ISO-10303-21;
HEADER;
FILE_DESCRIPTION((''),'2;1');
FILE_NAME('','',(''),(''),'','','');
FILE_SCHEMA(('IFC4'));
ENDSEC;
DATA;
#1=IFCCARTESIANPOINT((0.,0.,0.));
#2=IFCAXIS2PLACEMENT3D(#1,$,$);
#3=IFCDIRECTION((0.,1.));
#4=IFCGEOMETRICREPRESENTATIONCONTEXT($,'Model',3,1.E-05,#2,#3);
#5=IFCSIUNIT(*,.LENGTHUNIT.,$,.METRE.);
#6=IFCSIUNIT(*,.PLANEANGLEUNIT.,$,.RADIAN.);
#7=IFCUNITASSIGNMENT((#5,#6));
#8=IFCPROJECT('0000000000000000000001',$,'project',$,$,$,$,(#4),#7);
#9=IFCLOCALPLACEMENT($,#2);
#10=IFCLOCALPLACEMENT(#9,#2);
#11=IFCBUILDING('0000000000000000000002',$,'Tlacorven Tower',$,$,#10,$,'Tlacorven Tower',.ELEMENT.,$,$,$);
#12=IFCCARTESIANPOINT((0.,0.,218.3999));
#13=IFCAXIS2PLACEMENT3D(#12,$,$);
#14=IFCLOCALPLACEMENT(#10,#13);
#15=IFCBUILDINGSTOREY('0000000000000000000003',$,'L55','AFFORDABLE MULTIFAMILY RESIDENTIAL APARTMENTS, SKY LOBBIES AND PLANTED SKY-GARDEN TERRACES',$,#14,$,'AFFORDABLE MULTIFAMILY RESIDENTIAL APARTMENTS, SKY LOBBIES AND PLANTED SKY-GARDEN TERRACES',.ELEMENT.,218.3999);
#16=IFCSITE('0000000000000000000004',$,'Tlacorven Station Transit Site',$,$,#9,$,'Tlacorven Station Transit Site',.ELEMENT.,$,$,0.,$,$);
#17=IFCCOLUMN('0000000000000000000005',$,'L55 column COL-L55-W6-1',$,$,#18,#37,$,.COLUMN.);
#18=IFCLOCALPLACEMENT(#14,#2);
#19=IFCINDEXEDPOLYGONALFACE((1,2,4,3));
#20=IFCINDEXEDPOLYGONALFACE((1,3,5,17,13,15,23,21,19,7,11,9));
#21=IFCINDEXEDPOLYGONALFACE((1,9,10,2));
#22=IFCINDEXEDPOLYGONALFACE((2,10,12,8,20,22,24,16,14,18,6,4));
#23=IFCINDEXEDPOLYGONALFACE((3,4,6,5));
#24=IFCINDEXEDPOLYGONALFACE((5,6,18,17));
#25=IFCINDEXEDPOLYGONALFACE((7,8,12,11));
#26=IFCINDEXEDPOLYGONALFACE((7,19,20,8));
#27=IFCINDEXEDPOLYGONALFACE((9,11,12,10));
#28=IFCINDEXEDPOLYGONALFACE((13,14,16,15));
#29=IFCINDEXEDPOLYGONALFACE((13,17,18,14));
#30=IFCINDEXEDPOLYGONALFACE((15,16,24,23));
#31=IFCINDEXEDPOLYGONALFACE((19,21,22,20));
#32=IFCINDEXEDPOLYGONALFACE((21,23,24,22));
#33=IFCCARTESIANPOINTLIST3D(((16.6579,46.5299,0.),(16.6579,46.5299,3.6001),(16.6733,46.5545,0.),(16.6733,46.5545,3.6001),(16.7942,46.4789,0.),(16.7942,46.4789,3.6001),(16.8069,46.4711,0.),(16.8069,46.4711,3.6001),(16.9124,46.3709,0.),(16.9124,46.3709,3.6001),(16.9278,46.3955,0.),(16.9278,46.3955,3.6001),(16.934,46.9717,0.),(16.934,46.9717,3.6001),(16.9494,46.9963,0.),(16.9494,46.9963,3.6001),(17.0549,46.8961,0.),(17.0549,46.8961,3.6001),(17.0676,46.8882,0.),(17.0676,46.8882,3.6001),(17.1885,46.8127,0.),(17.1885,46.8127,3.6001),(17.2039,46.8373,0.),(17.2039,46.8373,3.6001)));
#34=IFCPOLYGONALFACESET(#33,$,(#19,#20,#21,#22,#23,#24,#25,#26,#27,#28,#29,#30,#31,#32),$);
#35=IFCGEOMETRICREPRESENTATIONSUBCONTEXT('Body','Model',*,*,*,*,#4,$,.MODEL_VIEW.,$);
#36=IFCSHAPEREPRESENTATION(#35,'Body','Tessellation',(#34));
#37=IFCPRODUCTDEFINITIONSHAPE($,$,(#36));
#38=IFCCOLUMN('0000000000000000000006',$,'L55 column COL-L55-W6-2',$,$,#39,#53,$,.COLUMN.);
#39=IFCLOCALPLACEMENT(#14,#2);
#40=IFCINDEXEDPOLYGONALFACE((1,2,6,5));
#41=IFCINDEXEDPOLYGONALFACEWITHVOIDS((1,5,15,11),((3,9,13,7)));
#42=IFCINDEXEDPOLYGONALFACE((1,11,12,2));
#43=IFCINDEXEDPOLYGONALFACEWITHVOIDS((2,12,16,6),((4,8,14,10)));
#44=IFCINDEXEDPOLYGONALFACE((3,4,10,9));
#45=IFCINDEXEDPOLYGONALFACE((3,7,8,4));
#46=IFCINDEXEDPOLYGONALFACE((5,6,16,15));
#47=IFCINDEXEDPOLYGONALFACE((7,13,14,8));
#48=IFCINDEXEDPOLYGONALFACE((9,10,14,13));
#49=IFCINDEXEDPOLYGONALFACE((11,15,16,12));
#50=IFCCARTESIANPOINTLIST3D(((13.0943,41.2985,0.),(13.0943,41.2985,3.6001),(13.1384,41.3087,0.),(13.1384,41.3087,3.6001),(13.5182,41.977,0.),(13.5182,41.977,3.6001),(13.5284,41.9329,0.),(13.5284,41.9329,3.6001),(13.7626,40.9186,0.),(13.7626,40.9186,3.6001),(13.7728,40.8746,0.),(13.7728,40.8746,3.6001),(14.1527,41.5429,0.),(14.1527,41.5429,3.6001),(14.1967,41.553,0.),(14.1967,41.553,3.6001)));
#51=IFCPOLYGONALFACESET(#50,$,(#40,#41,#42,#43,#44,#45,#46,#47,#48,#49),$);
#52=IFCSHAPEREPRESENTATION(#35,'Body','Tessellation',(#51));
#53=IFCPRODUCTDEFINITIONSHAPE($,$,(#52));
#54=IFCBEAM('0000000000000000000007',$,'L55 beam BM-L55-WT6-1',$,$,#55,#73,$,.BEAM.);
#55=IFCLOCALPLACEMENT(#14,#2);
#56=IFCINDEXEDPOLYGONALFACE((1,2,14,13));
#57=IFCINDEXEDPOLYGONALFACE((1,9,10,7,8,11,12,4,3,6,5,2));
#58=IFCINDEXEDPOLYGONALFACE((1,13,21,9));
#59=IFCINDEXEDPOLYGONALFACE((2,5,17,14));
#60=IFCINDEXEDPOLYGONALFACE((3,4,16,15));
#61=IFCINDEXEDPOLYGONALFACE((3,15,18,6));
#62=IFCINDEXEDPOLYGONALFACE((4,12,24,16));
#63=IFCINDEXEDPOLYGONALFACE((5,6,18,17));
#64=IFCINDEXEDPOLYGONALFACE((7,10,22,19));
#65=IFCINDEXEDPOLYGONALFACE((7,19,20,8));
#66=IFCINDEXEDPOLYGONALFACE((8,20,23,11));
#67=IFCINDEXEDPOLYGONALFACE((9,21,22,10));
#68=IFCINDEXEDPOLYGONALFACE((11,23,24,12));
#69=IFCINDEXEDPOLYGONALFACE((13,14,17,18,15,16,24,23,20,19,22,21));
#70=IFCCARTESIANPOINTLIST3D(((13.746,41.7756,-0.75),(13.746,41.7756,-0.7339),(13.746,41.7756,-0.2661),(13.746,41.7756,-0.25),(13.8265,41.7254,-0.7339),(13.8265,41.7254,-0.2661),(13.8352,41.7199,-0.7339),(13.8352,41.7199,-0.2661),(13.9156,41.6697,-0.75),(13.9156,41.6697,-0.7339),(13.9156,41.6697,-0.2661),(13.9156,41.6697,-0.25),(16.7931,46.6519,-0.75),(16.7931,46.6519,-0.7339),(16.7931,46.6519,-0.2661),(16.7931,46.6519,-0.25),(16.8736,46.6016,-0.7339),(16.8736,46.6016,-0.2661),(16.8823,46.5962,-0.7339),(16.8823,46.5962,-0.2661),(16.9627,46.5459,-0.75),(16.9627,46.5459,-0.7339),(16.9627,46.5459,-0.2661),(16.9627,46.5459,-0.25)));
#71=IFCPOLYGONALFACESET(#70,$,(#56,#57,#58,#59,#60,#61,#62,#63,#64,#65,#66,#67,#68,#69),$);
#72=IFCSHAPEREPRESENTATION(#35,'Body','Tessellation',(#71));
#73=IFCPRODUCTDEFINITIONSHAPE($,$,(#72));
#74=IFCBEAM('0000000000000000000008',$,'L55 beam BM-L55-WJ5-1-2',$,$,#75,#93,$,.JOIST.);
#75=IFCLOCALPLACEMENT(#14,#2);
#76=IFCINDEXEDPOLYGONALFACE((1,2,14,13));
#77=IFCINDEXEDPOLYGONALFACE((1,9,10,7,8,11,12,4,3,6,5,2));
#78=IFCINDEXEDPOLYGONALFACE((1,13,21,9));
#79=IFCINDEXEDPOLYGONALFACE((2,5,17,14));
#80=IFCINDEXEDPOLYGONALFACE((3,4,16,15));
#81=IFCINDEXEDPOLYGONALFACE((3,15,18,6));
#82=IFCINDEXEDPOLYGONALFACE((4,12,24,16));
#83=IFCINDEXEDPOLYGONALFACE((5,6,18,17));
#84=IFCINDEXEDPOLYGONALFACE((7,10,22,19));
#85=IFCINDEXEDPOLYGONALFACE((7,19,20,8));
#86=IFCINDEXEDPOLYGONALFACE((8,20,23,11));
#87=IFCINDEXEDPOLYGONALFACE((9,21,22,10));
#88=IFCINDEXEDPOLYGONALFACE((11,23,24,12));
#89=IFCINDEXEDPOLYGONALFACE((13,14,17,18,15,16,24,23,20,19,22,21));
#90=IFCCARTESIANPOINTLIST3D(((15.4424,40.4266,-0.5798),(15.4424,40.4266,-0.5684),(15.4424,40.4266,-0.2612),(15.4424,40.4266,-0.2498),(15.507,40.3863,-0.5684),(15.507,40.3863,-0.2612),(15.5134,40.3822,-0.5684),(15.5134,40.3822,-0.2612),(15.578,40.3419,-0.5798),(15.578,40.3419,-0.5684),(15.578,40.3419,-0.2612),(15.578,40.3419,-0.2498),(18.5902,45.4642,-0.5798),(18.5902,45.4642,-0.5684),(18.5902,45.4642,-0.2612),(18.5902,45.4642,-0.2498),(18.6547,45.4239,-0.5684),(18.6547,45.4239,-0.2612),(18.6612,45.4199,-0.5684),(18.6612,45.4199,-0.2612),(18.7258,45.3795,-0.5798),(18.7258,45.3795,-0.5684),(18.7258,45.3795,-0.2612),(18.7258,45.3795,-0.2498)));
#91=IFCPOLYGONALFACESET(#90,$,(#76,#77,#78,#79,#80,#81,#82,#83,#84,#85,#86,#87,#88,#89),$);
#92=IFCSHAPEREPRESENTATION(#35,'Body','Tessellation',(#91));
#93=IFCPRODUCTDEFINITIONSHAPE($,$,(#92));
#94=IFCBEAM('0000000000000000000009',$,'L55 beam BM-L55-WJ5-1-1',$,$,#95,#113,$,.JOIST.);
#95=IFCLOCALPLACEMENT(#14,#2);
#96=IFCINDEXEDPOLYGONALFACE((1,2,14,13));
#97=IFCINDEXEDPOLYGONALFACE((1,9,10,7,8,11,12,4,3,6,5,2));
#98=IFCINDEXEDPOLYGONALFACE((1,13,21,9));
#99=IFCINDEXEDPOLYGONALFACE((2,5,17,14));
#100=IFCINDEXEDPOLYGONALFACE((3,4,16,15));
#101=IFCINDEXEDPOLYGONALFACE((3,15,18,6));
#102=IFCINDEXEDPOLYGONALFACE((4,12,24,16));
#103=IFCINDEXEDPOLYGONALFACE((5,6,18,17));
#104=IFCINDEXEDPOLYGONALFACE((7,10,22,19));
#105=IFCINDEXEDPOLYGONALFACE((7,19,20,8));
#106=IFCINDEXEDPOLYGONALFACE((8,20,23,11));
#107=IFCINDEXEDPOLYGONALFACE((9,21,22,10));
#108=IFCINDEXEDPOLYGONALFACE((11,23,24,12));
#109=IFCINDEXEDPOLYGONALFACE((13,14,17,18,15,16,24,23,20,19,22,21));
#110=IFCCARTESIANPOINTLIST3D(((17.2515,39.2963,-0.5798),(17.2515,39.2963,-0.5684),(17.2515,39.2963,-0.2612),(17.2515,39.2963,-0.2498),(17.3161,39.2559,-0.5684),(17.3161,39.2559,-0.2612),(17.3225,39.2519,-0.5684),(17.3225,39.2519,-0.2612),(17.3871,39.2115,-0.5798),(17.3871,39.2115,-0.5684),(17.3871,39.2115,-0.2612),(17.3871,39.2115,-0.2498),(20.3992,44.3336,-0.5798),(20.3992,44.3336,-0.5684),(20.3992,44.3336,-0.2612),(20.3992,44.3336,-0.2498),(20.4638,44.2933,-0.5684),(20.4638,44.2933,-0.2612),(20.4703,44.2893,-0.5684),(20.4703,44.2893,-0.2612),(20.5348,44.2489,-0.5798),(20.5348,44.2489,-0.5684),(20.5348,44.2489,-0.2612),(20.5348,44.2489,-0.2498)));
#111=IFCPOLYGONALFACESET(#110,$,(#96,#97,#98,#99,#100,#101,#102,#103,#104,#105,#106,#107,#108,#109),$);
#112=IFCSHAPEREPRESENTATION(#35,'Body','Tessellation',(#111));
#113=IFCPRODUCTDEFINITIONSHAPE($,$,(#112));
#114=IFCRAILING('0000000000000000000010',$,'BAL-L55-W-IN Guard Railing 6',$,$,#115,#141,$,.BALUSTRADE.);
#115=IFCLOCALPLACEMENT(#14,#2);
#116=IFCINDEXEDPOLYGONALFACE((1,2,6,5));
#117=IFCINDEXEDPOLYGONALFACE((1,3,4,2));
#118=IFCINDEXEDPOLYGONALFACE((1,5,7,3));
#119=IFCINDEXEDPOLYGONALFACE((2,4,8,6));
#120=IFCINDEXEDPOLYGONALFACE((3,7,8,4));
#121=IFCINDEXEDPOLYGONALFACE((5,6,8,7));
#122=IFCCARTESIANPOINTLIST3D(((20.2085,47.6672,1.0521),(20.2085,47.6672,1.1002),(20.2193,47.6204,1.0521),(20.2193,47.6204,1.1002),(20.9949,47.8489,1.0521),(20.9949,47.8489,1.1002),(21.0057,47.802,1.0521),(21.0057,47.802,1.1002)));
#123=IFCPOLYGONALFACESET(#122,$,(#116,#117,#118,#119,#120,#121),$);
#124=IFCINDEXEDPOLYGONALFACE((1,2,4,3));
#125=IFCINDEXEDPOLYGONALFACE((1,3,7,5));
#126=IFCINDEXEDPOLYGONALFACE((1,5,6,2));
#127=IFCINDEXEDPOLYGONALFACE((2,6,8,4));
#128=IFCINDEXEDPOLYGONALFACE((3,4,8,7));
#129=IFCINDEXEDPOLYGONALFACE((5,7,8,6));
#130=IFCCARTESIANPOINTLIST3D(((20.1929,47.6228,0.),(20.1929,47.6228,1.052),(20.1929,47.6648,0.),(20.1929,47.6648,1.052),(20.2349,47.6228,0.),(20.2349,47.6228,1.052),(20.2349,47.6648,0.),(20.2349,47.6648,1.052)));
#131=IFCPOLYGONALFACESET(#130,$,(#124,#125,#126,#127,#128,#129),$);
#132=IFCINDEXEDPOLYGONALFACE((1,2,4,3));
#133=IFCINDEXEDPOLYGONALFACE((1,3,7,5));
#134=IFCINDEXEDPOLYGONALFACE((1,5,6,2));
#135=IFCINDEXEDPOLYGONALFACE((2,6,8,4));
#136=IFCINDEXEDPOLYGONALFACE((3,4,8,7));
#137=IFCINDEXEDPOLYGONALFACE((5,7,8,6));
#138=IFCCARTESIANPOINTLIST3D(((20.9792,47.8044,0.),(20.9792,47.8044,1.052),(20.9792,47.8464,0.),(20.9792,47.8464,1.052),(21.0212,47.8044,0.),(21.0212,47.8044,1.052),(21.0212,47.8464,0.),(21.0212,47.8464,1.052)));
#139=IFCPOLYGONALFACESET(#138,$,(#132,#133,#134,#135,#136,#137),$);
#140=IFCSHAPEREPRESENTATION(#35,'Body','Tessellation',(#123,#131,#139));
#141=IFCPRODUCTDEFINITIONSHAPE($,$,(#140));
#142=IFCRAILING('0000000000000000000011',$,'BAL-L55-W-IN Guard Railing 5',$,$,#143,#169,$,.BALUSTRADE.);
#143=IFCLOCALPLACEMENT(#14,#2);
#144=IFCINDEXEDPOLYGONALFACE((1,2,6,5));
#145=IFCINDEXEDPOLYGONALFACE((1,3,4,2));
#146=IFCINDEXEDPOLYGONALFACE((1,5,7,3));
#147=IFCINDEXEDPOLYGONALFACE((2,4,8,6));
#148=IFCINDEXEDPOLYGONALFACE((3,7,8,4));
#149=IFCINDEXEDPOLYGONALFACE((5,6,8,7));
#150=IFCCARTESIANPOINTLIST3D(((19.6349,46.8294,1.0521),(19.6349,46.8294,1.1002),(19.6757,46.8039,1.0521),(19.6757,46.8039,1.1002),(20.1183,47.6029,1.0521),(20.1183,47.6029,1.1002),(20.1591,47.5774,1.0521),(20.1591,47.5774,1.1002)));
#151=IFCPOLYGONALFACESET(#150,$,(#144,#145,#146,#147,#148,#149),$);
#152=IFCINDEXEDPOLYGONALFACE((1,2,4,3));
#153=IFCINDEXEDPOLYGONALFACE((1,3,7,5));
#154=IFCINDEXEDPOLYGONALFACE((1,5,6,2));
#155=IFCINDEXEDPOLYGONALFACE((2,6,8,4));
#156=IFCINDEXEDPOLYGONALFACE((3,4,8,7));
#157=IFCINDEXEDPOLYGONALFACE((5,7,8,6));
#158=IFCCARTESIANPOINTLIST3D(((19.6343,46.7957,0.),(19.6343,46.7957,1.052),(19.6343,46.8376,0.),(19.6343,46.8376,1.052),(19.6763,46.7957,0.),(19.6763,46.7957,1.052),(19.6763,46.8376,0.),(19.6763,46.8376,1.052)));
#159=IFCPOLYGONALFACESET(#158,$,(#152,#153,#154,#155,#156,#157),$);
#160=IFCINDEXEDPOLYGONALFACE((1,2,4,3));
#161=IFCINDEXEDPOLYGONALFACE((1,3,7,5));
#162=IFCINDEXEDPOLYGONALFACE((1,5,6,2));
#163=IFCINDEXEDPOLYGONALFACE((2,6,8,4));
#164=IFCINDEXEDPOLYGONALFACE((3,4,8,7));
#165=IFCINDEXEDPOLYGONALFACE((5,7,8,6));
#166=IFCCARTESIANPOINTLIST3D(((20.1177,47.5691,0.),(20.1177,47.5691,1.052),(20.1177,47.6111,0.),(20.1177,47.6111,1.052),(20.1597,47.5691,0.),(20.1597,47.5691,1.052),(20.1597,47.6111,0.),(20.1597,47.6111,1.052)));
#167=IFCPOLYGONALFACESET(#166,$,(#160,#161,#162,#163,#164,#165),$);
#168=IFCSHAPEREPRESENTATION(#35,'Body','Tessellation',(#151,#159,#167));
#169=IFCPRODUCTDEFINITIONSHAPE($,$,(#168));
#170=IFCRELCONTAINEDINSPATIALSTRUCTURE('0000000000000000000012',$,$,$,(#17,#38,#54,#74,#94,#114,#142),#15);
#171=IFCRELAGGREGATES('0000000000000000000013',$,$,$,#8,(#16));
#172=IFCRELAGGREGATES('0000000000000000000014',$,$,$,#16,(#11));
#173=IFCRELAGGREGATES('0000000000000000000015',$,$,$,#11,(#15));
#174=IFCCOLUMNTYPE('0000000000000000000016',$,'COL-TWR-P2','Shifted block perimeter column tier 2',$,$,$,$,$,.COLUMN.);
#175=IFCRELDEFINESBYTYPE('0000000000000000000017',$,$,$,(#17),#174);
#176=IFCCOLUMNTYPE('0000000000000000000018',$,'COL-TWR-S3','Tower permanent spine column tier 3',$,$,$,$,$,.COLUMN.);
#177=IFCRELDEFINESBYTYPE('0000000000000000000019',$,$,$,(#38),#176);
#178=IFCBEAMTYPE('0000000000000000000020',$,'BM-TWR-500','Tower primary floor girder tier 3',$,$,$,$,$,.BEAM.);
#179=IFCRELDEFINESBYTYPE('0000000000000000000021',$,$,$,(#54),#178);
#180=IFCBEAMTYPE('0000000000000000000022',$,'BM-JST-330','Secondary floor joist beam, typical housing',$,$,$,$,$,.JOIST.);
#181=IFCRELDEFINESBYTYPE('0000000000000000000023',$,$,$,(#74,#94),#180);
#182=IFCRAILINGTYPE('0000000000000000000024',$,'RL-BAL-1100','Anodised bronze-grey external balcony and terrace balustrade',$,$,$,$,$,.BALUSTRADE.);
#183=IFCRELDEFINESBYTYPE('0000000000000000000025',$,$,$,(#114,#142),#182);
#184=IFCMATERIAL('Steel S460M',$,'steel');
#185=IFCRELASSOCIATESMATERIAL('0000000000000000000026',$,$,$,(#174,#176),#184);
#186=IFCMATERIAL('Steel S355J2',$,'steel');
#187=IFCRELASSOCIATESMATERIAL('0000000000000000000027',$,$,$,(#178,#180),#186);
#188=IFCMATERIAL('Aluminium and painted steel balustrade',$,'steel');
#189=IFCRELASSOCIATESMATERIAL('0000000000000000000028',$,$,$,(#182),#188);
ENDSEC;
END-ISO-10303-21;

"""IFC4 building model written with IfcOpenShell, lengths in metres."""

from ifc_helpers import new_model, si_unit, direction, frame, origin, origin_2d, place, context, subcontext, project, spatial, rectangle, hollow_rectangle, i_section, extrude, source, transform, mapped, material, material_profile, profile_set, type_object, element, save


model = new_model("IFC4")

# Units and contexts
model_context = context("Model", 3, precision=1e-05, world=origin(), true_north=direction((0.0, 1.0)))
body_context = subcontext(model_context, "Body", "Model", "MODEL_VIEW")
ifc_project = project(units=[si_unit("LENGTHUNIT", "METRE"), si_unit("PLANEANGLEUNIT", "RADIAN")], contexts=[model_context])

# Site, building, storey
site_placement = place(None, origin())
site = spatial("IfcSite", under=ifc_project, at=site_placement, Name="Tlacorven Station Transit Site", LongName="Tlacorven Station Transit Site", CompositionType="ELEMENT", RefElevation=0.0)
building_placement = place(site_placement, origin())
building = spatial("IfcBuilding", under=site, at=building_placement, Name="Tlacorven Tower", LongName="Tlacorven Tower", CompositionType="ELEMENT")
storey_placement = place(building_placement, frame((0.0, 0.0, 218.3999)))
storey = spatial("IfcBuildingStorey", under=building, at=storey_placement, Name="L55", Description="AFFORDABLE MULTIFAMILY RESIDENTIAL APARTMENTS, SKY LOBBIES AND PLANTED SKY-GARDEN TERRACES", LongName="AFFORDABLE MULTIFAMILY RESIDENTIAL APARTMENTS, SKY LOBBIES AND PLANTED SKY-GARDEN TERRACES", CompositionType="ELEMENT", Elevation=218.3999)

# Columns
ifc_material_1 = material(Name="Steel S460M", Category="steel")
ifc_material_profile_1 = material_profile(ifc_material_1, i_section(OverallWidth=0.3, OverallDepth=0.55, WebThickness=0.0149, FlangeThickness=0.0291, at=origin_2d()), Name="HEB 550")
ifc_profile_set_1 = profile_set([ifc_material_profile_1], Name="Steel S460M")
column_type_1 = type_object("IfcColumnType", Name="COL-TWR-P2", Description="Shifted block perimeter column tier 2", PredefinedType="COLUMN", material=ifc_profile_set_1)
shared_shape_1 = source(origin(), body_context, "Body", "SweptSolid", [
    extrude(i_section(OverallWidth=0.3, OverallDepth=0.55, WebThickness=0.0149, FlangeThickness=0.0291, at=origin_2d()), origin(), (0.0, 0.0, 1.0), 3.6001),
])
column_1_placement = place(storey_placement, frame((16.9309, 46.6836, 0.0), z_axis=(0.0, 0.0, 1.0), x_axis=(-0.848048, 0.529919, 0.0)))
element("IfcColumn", 1, at=column_1_placement, inside=storey, type_object=column_type_1, Name="L55 column COL-L55-W6-1", PredefinedType="COLUMN", context=body_context, shape_type="MappedRepresentation", body=[
    mapped(shared_shape_1, transform((0.0, 0.0, 0.0), scale=1.0)),
])
ifc_material_profile_2 = material_profile(ifc_material_1, hollow_rectangle(XDim=0.8, YDim=0.8, WallThickness=0.032, at=origin_2d()), Name="BOX 800X800X32")
ifc_profile_set_2 = profile_set([ifc_material_profile_2], Name="Steel S460M")
column_type_2 = type_object("IfcColumnType", Name="COL-TWR-S3", Description="Tower permanent spine column tier 3", PredefinedType="COLUMN", material=ifc_profile_set_2)
shared_shape_2 = source(origin(), body_context, "Body", "SweptSolid", [
    extrude(hollow_rectangle(XDim=0.8, YDim=0.8, WallThickness=0.032, at=origin_2d()), origin(), (0.0, 0.0, 1.0), 3.6001),
])
column_2_placement = place(storey_placement, frame((13.6455, 41.4258, 0.0), z_axis=(0.0, 0.0, 1.0), x_axis=(-0.848048, 0.529919, 0.0)))
element("IfcColumn", 2, at=column_2_placement, inside=storey, type_object=column_type_2, Name="L55 column COL-L55-W6-2", PredefinedType="COLUMN", context=body_context, shape_type="MappedRepresentation", body=[
    mapped(shared_shape_2, transform((0.0, 0.0, 0.0), scale=1.0)),
])

# Beams
ifc_material_2 = material(Name="Steel S355J2", Category="steel")
ifc_material_profile_3 = material_profile(ifc_material_2, i_section(OverallWidth=0.2, OverallDepth=0.5, WebThickness=0.0103, FlangeThickness=0.0161, at=origin_2d()), Name="IPE 500")
ifc_profile_set_3 = profile_set([ifc_material_profile_3], Name="Steel S355J2")
beam_type_1 = type_object("IfcBeamType", Name="BM-TWR-500", Description="Tower primary floor girder tier 3", PredefinedType="BEAM", material=ifc_profile_set_3)
shared_shape_3 = source(origin(), body_context, "Body", "SweptSolid", [
    extrude(i_section(OverallWidth=0.2, OverallDepth=0.5, WebThickness=0.0103, FlangeThickness=0.0161, at=origin_2d()), origin(), (0.0, 0.0, 1.0), 5.75),
])
beam_1_placement = place(storey_placement, frame((16.8779, 46.5989, -0.5), z_axis=(-0.529934, -0.848039, 0.0), x_axis=(0.848039, -0.529934, 0.0)))
element("IfcBeam", 3, at=beam_1_placement, inside=storey, type_object=beam_type_1, Name="L55 beam BM-L55-WT6-1", PredefinedType="BEAM", context=body_context, shape_type="MappedRepresentation", body=[
    mapped(shared_shape_3, transform((0.0, 0.0, 0.0), scale=1.0)),
])
ifc_material_profile_4 = material_profile(ifc_material_2, i_section(OverallWidth=0.1599, OverallDepth=0.3301, WebThickness=0.0076, FlangeThickness=0.0115, at=origin_2d()), Name="IPE 330")
ifc_profile_set_4 = profile_set([ifc_material_profile_4], Name="Steel S355J2")
beam_type_2 = type_object("IfcBeamType", Name="BM-JST-330", Description="Secondary floor joist beam, typical housing", PredefinedType="JOIST", material=ifc_profile_set_4)
shared_shape_4 = source(origin(), body_context, "Body", "SweptSolid", [
    extrude(i_section(OverallWidth=0.1599, OverallDepth=0.3301, WebThickness=0.0076, FlangeThickness=0.0115, at=origin_2d()), origin(), (0.0, 0.0, 1.0), 5.9402),
])
beam_2_placement = place(storey_placement, frame((18.658, 45.4219, -0.4148), z_axis=(-0.529903, -0.848058, 0.0), x_axis=(0.848058, -0.529903, 0.0)))
element("IfcBeam", 4, at=beam_2_placement, inside=storey, type_object=beam_type_2, Name="L55 beam BM-L55-WJ5-1-2", PredefinedType="JOIST", context=body_context, shape_type="MappedRepresentation", body=[
    mapped(shared_shape_4, transform((0.0, 0.0, 0.0), scale=1.0)),
])
shared_shape_5 = source(origin(), body_context, "Body", "SweptSolid", [
    extrude(i_section(OverallWidth=0.1599, OverallDepth=0.3301, WebThickness=0.0076, FlangeThickness=0.0115, at=origin_2d()), origin(), (0.0, 0.0, 1.0), 5.9399),
])
beam_3_placement = place(storey_placement, frame((20.467, 44.2913, -0.4148), z_axis=(-0.529921, -0.848047, 0.0), x_axis=(0.848047, -0.529921, 0.0)))
element("IfcBeam", 5, at=beam_3_placement, inside=storey, type_object=beam_type_2, Name="L55 beam BM-L55-WJ5-1-1", PredefinedType="JOIST", context=body_context, shape_type="MappedRepresentation", body=[
    mapped(shared_shape_5, transform((0.0, 0.0, 0.0), scale=1.0)),
])

# Railings
ifc_material_3 = material(Name="Aluminium and painted steel balustrade", Category="steel")
railing_type = type_object("IfcRailingType", Name="RL-BAL-1100", Description="Anodised bronze-grey external balcony and terrace balustrade", PredefinedType="BALUSTRADE", material=ifc_material_3)
shared_shape_6 = source(origin(), body_context, "Body", "SweptSolid", [
    extrude(rectangle(XDim=0.0481, YDim=0.0481, at=origin_2d()), frame((0.0, 0.0, 1.0762), z_axis=(0.974345, 0.225058, 0.0), x_axis=(-0.225058, 0.974345, 0.0)), (0.0, 0.0, 1.0), 0.8071),
    extrude(rectangle(XDim=0.042, YDim=0.042, at=origin_2d()), origin(), (0.0, 0.0, 1.0), 1.052),
    extrude(rectangle(XDim=0.042, YDim=0.042, at=origin_2d()), frame((0.7864, 0.1816, 0.0)), (0.0, 0.0, 1.0), 1.052),
])
railing_1_placement = place(storey_placement, frame((20.2139, 47.6438, 0.0)))
element("IfcRailing", 6, at=railing_1_placement, inside=storey, type_object=railing_type, Name="BAL-L55-W-IN Guard Railing 6", PredefinedType="BALUSTRADE", context=body_context, shape_type="MappedRepresentation", body=[
    mapped(shared_shape_6, transform((0.0, 0.0, 0.0), scale=1.0)),
])
shared_shape_7 = source(origin(), body_context, "Body", "SweptSolid", [
    extrude(rectangle(XDim=0.0481, YDim=0.0481, at=origin_2d()), frame((0.0, 0.0, 1.0762), z_axis=(0.529999, 0.847998, 0.0), x_axis=(-0.847998, 0.529999, 0.0)), (0.0, 0.0, 1.0), 0.9121),
    extrude(rectangle(XDim=0.042, YDim=0.042, at=origin_2d()), origin(), (0.0, 0.0, 1.0), 1.052),
    extrude(rectangle(XDim=0.042, YDim=0.042, at=origin_2d()), frame((0.4834, 0.7734, 0.0)), (0.0, 0.0, 1.0), 1.052),
])
railing_2_placement = place(storey_placement, frame((19.6553, 46.8167, 0.0)))
element("IfcRailing", 7, at=railing_2_placement, inside=storey, type_object=railing_type, Name="BAL-L55-W-IN Guard Railing 5", PredefinedType="BALUSTRADE", context=body_context, shape_type="MappedRepresentation", body=[
    mapped(shared_shape_7, transform((0.0, 0.0, 0.0), scale=1.0)),
])

save(model, "model.ifc")
